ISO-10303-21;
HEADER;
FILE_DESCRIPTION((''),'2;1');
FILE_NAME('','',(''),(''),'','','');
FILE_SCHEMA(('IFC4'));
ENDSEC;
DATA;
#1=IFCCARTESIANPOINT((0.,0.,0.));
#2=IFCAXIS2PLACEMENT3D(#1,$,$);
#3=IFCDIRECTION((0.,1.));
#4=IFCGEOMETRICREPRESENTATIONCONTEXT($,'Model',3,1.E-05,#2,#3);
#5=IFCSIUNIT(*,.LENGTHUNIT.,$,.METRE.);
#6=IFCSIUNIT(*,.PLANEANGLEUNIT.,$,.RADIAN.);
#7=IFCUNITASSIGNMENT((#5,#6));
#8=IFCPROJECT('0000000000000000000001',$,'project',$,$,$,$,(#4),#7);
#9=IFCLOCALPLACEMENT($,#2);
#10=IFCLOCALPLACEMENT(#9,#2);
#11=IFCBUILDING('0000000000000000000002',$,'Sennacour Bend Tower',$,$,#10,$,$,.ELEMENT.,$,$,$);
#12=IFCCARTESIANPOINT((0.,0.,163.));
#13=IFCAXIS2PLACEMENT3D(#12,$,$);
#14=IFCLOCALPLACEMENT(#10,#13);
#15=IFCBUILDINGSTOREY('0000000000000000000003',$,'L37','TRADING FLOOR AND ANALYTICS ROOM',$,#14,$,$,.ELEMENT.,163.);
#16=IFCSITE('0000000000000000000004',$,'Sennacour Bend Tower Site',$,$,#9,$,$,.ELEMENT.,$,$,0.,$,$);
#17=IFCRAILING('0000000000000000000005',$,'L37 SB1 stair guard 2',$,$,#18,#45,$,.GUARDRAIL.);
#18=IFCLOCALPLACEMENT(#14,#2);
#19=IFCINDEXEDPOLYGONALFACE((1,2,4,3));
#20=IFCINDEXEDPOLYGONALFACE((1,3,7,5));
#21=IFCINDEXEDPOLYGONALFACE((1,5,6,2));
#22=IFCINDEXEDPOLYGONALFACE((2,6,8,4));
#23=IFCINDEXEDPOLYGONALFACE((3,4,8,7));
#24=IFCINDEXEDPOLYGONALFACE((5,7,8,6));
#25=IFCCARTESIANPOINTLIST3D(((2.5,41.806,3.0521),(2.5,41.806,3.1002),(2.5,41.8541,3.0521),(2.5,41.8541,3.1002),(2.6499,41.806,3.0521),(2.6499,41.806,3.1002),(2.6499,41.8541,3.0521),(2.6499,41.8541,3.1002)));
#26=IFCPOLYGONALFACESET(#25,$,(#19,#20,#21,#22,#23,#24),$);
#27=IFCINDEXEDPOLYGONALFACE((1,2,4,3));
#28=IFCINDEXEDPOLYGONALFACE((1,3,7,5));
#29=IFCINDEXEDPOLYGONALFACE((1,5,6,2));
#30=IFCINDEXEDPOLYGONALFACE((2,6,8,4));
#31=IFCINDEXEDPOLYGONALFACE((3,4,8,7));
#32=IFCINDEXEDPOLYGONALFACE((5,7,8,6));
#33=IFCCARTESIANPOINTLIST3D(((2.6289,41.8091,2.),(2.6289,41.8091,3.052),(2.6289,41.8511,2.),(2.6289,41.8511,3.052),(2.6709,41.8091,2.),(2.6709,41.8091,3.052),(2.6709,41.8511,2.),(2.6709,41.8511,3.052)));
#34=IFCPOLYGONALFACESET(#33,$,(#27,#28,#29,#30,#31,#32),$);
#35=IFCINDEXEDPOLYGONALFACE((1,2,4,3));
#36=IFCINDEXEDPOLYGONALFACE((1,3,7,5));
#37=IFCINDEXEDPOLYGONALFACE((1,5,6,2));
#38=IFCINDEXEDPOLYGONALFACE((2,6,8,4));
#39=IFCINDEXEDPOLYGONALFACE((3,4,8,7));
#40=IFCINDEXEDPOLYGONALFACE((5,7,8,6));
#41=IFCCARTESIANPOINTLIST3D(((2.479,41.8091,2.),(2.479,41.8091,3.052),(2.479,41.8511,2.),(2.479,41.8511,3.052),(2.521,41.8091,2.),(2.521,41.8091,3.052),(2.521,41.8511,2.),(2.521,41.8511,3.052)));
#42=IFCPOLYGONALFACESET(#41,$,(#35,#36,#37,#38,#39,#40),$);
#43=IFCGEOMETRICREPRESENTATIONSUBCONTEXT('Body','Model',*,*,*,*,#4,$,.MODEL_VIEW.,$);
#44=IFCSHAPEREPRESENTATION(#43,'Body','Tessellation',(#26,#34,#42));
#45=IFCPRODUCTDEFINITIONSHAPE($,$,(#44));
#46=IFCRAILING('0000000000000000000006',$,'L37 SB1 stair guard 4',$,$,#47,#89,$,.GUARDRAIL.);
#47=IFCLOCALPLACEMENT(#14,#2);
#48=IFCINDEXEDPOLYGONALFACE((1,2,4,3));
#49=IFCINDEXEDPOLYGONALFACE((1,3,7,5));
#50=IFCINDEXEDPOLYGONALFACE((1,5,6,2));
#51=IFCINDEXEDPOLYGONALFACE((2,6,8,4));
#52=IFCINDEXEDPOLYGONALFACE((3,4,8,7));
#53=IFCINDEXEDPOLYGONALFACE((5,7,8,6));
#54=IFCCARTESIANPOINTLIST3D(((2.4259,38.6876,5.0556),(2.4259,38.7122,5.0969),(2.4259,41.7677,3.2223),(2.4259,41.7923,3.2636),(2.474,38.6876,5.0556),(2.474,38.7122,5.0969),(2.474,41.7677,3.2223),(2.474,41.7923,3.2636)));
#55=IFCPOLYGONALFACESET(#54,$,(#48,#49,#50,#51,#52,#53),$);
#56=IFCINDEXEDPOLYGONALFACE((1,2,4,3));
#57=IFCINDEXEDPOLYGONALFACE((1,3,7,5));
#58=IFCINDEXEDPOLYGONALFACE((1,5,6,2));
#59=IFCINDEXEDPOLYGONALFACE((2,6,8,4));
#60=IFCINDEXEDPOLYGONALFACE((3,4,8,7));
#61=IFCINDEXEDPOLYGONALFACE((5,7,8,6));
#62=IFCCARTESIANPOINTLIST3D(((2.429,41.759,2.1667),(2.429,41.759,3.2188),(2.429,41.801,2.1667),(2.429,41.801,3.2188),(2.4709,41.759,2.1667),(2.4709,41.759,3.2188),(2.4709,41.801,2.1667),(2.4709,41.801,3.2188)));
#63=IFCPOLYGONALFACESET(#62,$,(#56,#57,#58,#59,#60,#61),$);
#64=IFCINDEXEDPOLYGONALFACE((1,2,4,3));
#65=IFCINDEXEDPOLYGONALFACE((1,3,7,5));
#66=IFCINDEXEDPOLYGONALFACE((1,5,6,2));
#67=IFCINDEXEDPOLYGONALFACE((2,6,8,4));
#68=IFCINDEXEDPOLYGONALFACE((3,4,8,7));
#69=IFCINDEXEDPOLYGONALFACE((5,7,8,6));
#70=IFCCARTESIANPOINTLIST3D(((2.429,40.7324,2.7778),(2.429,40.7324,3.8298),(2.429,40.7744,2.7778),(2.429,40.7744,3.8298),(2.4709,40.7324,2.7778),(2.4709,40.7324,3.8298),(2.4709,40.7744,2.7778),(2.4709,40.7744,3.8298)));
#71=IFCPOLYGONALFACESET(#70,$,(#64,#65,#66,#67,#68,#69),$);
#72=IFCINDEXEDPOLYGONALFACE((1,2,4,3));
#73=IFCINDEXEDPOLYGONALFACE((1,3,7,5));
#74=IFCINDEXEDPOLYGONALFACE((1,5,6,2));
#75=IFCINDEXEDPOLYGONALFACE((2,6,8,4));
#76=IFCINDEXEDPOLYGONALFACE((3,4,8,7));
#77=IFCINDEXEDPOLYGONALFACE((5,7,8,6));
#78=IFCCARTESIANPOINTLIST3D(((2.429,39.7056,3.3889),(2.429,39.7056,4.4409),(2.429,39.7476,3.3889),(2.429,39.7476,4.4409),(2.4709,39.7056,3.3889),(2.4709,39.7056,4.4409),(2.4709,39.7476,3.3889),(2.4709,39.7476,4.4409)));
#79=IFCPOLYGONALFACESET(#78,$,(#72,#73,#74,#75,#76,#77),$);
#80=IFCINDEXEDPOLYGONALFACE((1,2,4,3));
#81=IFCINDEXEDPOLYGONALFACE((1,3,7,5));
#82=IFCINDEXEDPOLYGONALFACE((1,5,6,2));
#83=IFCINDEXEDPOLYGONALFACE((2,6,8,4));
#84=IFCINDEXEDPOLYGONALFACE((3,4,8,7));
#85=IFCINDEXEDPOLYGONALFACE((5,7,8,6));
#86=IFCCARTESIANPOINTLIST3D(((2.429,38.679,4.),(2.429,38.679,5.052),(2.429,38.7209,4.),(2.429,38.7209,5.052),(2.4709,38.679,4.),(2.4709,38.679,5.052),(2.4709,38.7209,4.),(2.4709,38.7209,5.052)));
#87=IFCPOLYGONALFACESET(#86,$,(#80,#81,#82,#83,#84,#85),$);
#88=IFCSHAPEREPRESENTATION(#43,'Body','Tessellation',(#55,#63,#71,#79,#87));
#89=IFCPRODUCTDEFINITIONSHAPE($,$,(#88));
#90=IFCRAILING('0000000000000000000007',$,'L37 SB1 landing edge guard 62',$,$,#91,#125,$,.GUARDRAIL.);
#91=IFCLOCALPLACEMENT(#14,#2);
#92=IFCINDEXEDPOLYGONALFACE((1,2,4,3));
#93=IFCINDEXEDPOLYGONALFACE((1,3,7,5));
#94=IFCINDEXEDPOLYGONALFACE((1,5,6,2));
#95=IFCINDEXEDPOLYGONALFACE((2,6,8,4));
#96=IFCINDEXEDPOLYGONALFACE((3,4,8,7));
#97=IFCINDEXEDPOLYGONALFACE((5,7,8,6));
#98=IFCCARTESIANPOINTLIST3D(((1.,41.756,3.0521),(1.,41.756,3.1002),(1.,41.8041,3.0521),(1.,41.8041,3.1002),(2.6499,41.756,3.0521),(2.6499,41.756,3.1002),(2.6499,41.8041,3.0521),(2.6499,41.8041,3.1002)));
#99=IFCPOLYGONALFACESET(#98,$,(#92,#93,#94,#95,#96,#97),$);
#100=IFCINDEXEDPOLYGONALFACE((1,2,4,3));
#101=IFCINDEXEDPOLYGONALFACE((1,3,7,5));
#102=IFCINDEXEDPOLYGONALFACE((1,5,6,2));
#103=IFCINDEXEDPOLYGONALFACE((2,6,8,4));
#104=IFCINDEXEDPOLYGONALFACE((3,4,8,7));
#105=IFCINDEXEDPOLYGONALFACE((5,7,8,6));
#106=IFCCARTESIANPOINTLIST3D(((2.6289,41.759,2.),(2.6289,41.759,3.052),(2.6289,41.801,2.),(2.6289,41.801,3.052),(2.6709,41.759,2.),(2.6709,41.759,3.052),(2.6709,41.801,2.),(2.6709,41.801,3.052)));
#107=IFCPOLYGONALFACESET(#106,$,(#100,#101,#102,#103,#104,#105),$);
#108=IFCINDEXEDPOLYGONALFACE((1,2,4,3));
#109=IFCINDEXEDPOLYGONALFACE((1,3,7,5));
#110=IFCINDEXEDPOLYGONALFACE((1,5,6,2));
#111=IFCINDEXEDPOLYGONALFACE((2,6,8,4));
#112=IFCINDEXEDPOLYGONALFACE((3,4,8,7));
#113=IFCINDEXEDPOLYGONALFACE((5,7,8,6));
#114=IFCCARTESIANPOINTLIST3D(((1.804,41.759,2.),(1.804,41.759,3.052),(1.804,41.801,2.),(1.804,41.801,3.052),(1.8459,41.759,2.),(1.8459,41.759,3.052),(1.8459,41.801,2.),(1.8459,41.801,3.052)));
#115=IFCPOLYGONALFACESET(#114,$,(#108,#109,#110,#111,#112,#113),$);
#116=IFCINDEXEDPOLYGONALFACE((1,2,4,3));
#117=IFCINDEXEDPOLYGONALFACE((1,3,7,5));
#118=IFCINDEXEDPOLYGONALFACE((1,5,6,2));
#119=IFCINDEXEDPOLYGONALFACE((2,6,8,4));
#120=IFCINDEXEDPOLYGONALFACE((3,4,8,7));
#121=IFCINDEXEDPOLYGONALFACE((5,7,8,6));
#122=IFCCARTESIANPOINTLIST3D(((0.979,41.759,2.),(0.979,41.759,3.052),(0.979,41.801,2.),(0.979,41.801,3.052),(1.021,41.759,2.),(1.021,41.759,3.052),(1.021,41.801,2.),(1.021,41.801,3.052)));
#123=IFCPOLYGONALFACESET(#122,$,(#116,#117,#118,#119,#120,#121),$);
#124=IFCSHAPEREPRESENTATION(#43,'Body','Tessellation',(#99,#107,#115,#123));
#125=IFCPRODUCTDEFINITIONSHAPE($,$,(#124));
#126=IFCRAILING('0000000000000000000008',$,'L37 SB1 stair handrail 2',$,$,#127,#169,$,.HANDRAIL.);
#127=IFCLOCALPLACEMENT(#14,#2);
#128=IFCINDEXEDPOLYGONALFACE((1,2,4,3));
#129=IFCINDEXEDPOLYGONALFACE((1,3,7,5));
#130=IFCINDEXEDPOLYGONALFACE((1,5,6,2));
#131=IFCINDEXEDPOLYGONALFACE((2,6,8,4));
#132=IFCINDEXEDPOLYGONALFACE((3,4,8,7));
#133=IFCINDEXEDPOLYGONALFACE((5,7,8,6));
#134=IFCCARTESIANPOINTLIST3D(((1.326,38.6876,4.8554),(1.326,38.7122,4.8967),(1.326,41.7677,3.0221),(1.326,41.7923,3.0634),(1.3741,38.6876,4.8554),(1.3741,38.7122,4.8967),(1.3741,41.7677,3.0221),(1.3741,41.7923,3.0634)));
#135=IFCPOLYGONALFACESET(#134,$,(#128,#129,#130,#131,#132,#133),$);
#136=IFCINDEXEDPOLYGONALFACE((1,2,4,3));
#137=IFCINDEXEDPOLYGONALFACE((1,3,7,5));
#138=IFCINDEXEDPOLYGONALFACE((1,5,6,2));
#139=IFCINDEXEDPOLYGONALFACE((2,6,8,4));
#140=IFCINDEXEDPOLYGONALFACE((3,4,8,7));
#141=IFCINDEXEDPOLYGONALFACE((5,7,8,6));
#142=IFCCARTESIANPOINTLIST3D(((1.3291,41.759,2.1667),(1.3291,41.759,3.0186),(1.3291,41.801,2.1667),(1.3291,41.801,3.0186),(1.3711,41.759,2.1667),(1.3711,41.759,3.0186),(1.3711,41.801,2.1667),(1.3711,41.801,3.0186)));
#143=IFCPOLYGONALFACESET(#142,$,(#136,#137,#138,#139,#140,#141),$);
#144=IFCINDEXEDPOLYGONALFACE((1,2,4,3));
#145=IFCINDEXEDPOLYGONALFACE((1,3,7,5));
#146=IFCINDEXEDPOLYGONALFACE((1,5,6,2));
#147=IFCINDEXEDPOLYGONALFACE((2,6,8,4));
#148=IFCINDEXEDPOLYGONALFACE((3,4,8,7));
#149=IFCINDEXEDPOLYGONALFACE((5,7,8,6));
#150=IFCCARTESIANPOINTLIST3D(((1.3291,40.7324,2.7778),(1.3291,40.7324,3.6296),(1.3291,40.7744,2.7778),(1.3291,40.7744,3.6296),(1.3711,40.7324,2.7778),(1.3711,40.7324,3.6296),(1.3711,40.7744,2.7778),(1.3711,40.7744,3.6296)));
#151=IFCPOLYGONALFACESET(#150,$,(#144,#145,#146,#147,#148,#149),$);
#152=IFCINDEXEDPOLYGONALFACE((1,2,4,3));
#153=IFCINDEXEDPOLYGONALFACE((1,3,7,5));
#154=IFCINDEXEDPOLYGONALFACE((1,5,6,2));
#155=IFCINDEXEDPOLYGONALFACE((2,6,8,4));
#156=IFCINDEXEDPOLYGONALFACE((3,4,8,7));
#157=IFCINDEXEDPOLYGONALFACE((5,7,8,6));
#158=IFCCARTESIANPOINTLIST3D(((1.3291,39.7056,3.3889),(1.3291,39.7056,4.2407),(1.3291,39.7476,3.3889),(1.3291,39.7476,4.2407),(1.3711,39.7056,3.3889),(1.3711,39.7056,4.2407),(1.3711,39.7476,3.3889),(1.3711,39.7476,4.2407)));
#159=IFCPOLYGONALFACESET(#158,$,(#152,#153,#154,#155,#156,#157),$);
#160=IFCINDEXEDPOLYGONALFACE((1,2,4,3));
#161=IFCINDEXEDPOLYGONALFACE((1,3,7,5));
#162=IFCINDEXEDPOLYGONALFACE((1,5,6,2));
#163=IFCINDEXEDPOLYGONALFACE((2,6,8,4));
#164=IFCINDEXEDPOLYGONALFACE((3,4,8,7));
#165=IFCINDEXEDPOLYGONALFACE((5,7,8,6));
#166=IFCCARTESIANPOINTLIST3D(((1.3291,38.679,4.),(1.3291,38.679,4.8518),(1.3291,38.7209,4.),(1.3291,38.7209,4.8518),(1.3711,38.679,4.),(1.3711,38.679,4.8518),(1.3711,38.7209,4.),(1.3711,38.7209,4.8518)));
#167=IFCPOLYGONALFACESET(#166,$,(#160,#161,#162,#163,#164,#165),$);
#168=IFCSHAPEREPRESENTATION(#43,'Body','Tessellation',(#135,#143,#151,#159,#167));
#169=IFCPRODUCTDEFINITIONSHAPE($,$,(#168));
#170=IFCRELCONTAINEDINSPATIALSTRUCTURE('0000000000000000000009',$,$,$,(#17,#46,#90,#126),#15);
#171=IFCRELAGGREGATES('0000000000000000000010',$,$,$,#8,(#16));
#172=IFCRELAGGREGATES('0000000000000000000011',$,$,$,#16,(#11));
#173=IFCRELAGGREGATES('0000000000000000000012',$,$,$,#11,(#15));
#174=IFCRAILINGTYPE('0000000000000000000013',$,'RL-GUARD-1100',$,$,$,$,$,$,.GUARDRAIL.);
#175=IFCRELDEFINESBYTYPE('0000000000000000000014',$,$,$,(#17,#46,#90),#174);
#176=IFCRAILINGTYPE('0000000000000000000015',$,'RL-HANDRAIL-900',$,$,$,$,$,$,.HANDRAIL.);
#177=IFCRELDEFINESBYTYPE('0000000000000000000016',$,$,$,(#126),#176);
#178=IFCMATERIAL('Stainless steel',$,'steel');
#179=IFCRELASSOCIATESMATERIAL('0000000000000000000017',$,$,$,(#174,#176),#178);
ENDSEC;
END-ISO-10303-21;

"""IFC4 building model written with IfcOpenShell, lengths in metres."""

from ifc_helpers import new_model, si_unit, direction, frame, origin, origin_2d, place, context, subcontext, project, spatial, rectangle, extrude, material, type_object, element, save


model = new_model("IFC4")

# Units and contexts
model_context = context("Model", 3, precision=1e-05, world=origin(), true_north=direction((0.0, 1.0)))
body_context = subcontext(model_context, "Body", "Model", "MODEL_VIEW")
ifc_project = project(units=[si_unit("LENGTHUNIT", "METRE"), si_unit("PLANEANGLEUNIT", "RADIAN")], contexts=[model_context])

# Site, building, storey
site_placement = place(None, origin())
site = spatial("IfcSite", under=ifc_project, at=site_placement, Name="Sennacour Bend Tower Site", CompositionType="ELEMENT", RefElevation=0.0)
building_placement = place(site_placement, origin())
building = spatial("IfcBuilding", under=site, at=building_placement, Name="Sennacour Bend Tower", CompositionType="ELEMENT")
storey_placement = place(building_placement, frame((0.0, 0.0, 163.0)))
storey = spatial("IfcBuildingStorey", under=building, at=storey_placement, Name="L37", Description="TRADING FLOOR AND ANALYTICS ROOM", CompositionType="ELEMENT", Elevation=163.0)

# Railings
ifc_material_1 = material(Name="Stainless steel", Category="steel")
railing_type_1 = type_object("IfcRailingType", Name="RL-GUARD-1100", PredefinedType="GUARDRAIL", material=ifc_material_1)
railing_1_placement = place(storey_placement, frame((2.6499, 41.8301, 2.0)))
element("IfcRailing", 1, at=railing_1_placement, inside=storey, type_object=railing_type_1, Name="L37 SB1 stair guard 2", PredefinedType="GUARDRAIL", context=body_context, shape_type="SweptSolid", body=[
    extrude(rectangle(XDim=0.0481, YDim=0.0481, at=origin_2d()), frame((0.0, 0.0, 1.0762), z_axis=(-1.0, 0.0, 0.0), x_axis=(0.0, -1.0, 0.0)), (0.0, 0.0, 1.0), 0.1499),
    extrude(rectangle(XDim=0.042, YDim=0.042, at=origin_2d()), origin(), (0.0, 0.0, 1.0), 1.052),
    extrude(rectangle(XDim=0.042, YDim=0.042, at=origin_2d()), frame((-0.1499, 0.0, 0.0)), (0.0, 0.0, 1.0), 1.052),
])
railing_2_placement = place(storey_placement, frame((2.45, 41.78, 2.1667)))
element("IfcRailing", 2, at=railing_2_placement, inside=storey, type_object=railing_type_1, Name="L37 SB1 stair guard 4", PredefinedType="GUARDRAIL", context=body_context, shape_type="SweptSolid", body=[
    extrude(rectangle(XDim=0.0481, YDim=0.0481, at=origin_2d()), frame((0.0, 0.0, 1.0762), z_axis=(0.0, -0.859309, 0.511458), x_axis=(1.0, 0.0, 0.0)), (0.0, 0.0, 1.0), 3.5845),
    extrude(rectangle(XDim=0.042, YDim=0.042, at=origin_2d()), origin(), (0.0, 0.0, 1.0), 1.052),
    extrude(rectangle(XDim=0.042, YDim=0.042, at=origin_2d()), frame((0.0, -1.0266, 0.6111)), (0.0, 0.0, 1.0), 1.052),
    extrude(rectangle(XDim=0.042, YDim=0.042, at=origin_2d()), frame((0.0, -2.0535, 1.2222)), (0.0, 0.0, 1.0), 1.052),
    extrude(rectangle(XDim=0.042, YDim=0.042, at=origin_2d()), frame((0.0, -3.0801, 1.8333)), (0.0, 0.0, 1.0), 1.052),
])
railing_3_placement = place(storey_placement, frame((2.6499, 41.78, 2.0)))
element("IfcRailing", 3, at=railing_3_placement, inside=storey, type_object=railing_type_1, Name="L37 SB1 landing edge guard 62", PredefinedType="GUARDRAIL", context=body_context, shape_type="SweptSolid", body=[
    extrude(rectangle(XDim=0.0481, YDim=0.0481, at=origin_2d()), frame((0.0, 0.0, 1.0762), z_axis=(-1.0, 0.0, 0.0), x_axis=(0.0, -1.0, 0.0)), (0.0, 0.0, 1.0), 1.6499),
    extrude(rectangle(XDim=0.042, YDim=0.042, at=origin_2d()), origin(), (0.0, 0.0, 1.0), 1.052),
    extrude(rectangle(XDim=0.042, YDim=0.042, at=origin_2d()), frame((-0.825, 0.0, 0.0)), (0.0, 0.0, 1.0), 1.052),
    extrude(rectangle(XDim=0.042, YDim=0.042, at=origin_2d()), frame((-1.6499, 0.0, 0.0)), (0.0, 0.0, 1.0), 1.052),
])
railing_type_2 = type_object("IfcRailingType", Name="RL-HANDRAIL-900", PredefinedType="HANDRAIL", material=ifc_material_1)
railing_4_placement = place(storey_placement, frame((1.3501, 41.78, 2.1667)))
element("IfcRailing", 4, at=railing_4_placement, inside=storey, type_object=railing_type_2, Name="L37 SB1 stair handrail 2", PredefinedType="HANDRAIL", context=body_context, shape_type="SweptSolid", body=[
    extrude(rectangle(XDim=0.0481, YDim=0.0481, at=origin_2d()), frame((0.0, 0.0, 0.876), z_axis=(0.0, -0.859309, 0.511458), x_axis=(1.0, 0.0, 0.0)), (0.0, 0.0, 1.0), 3.5845),
    extrude(rectangle(XDim=0.042, YDim=0.042, at=origin_2d()), origin(), (0.0, 0.0, 1.0), 0.8518),
    extrude(rectangle(XDim=0.042, YDim=0.042, at=origin_2d()), frame((0.0, -1.0266, 0.6111)), (0.0, 0.0, 1.0), 0.8518),
    extrude(rectangle(XDim=0.042, YDim=0.042, at=origin_2d()), frame((0.0, -2.0535, 1.2222)), (0.0, 0.0, 1.0), 0.8518),
    extrude(rectangle(XDim=0.042, YDim=0.042, at=origin_2d()), frame((0.0, -3.0801, 1.8333)), (0.0, 0.0, 1.0), 0.8518),
])

save(model, "model.ifc")
